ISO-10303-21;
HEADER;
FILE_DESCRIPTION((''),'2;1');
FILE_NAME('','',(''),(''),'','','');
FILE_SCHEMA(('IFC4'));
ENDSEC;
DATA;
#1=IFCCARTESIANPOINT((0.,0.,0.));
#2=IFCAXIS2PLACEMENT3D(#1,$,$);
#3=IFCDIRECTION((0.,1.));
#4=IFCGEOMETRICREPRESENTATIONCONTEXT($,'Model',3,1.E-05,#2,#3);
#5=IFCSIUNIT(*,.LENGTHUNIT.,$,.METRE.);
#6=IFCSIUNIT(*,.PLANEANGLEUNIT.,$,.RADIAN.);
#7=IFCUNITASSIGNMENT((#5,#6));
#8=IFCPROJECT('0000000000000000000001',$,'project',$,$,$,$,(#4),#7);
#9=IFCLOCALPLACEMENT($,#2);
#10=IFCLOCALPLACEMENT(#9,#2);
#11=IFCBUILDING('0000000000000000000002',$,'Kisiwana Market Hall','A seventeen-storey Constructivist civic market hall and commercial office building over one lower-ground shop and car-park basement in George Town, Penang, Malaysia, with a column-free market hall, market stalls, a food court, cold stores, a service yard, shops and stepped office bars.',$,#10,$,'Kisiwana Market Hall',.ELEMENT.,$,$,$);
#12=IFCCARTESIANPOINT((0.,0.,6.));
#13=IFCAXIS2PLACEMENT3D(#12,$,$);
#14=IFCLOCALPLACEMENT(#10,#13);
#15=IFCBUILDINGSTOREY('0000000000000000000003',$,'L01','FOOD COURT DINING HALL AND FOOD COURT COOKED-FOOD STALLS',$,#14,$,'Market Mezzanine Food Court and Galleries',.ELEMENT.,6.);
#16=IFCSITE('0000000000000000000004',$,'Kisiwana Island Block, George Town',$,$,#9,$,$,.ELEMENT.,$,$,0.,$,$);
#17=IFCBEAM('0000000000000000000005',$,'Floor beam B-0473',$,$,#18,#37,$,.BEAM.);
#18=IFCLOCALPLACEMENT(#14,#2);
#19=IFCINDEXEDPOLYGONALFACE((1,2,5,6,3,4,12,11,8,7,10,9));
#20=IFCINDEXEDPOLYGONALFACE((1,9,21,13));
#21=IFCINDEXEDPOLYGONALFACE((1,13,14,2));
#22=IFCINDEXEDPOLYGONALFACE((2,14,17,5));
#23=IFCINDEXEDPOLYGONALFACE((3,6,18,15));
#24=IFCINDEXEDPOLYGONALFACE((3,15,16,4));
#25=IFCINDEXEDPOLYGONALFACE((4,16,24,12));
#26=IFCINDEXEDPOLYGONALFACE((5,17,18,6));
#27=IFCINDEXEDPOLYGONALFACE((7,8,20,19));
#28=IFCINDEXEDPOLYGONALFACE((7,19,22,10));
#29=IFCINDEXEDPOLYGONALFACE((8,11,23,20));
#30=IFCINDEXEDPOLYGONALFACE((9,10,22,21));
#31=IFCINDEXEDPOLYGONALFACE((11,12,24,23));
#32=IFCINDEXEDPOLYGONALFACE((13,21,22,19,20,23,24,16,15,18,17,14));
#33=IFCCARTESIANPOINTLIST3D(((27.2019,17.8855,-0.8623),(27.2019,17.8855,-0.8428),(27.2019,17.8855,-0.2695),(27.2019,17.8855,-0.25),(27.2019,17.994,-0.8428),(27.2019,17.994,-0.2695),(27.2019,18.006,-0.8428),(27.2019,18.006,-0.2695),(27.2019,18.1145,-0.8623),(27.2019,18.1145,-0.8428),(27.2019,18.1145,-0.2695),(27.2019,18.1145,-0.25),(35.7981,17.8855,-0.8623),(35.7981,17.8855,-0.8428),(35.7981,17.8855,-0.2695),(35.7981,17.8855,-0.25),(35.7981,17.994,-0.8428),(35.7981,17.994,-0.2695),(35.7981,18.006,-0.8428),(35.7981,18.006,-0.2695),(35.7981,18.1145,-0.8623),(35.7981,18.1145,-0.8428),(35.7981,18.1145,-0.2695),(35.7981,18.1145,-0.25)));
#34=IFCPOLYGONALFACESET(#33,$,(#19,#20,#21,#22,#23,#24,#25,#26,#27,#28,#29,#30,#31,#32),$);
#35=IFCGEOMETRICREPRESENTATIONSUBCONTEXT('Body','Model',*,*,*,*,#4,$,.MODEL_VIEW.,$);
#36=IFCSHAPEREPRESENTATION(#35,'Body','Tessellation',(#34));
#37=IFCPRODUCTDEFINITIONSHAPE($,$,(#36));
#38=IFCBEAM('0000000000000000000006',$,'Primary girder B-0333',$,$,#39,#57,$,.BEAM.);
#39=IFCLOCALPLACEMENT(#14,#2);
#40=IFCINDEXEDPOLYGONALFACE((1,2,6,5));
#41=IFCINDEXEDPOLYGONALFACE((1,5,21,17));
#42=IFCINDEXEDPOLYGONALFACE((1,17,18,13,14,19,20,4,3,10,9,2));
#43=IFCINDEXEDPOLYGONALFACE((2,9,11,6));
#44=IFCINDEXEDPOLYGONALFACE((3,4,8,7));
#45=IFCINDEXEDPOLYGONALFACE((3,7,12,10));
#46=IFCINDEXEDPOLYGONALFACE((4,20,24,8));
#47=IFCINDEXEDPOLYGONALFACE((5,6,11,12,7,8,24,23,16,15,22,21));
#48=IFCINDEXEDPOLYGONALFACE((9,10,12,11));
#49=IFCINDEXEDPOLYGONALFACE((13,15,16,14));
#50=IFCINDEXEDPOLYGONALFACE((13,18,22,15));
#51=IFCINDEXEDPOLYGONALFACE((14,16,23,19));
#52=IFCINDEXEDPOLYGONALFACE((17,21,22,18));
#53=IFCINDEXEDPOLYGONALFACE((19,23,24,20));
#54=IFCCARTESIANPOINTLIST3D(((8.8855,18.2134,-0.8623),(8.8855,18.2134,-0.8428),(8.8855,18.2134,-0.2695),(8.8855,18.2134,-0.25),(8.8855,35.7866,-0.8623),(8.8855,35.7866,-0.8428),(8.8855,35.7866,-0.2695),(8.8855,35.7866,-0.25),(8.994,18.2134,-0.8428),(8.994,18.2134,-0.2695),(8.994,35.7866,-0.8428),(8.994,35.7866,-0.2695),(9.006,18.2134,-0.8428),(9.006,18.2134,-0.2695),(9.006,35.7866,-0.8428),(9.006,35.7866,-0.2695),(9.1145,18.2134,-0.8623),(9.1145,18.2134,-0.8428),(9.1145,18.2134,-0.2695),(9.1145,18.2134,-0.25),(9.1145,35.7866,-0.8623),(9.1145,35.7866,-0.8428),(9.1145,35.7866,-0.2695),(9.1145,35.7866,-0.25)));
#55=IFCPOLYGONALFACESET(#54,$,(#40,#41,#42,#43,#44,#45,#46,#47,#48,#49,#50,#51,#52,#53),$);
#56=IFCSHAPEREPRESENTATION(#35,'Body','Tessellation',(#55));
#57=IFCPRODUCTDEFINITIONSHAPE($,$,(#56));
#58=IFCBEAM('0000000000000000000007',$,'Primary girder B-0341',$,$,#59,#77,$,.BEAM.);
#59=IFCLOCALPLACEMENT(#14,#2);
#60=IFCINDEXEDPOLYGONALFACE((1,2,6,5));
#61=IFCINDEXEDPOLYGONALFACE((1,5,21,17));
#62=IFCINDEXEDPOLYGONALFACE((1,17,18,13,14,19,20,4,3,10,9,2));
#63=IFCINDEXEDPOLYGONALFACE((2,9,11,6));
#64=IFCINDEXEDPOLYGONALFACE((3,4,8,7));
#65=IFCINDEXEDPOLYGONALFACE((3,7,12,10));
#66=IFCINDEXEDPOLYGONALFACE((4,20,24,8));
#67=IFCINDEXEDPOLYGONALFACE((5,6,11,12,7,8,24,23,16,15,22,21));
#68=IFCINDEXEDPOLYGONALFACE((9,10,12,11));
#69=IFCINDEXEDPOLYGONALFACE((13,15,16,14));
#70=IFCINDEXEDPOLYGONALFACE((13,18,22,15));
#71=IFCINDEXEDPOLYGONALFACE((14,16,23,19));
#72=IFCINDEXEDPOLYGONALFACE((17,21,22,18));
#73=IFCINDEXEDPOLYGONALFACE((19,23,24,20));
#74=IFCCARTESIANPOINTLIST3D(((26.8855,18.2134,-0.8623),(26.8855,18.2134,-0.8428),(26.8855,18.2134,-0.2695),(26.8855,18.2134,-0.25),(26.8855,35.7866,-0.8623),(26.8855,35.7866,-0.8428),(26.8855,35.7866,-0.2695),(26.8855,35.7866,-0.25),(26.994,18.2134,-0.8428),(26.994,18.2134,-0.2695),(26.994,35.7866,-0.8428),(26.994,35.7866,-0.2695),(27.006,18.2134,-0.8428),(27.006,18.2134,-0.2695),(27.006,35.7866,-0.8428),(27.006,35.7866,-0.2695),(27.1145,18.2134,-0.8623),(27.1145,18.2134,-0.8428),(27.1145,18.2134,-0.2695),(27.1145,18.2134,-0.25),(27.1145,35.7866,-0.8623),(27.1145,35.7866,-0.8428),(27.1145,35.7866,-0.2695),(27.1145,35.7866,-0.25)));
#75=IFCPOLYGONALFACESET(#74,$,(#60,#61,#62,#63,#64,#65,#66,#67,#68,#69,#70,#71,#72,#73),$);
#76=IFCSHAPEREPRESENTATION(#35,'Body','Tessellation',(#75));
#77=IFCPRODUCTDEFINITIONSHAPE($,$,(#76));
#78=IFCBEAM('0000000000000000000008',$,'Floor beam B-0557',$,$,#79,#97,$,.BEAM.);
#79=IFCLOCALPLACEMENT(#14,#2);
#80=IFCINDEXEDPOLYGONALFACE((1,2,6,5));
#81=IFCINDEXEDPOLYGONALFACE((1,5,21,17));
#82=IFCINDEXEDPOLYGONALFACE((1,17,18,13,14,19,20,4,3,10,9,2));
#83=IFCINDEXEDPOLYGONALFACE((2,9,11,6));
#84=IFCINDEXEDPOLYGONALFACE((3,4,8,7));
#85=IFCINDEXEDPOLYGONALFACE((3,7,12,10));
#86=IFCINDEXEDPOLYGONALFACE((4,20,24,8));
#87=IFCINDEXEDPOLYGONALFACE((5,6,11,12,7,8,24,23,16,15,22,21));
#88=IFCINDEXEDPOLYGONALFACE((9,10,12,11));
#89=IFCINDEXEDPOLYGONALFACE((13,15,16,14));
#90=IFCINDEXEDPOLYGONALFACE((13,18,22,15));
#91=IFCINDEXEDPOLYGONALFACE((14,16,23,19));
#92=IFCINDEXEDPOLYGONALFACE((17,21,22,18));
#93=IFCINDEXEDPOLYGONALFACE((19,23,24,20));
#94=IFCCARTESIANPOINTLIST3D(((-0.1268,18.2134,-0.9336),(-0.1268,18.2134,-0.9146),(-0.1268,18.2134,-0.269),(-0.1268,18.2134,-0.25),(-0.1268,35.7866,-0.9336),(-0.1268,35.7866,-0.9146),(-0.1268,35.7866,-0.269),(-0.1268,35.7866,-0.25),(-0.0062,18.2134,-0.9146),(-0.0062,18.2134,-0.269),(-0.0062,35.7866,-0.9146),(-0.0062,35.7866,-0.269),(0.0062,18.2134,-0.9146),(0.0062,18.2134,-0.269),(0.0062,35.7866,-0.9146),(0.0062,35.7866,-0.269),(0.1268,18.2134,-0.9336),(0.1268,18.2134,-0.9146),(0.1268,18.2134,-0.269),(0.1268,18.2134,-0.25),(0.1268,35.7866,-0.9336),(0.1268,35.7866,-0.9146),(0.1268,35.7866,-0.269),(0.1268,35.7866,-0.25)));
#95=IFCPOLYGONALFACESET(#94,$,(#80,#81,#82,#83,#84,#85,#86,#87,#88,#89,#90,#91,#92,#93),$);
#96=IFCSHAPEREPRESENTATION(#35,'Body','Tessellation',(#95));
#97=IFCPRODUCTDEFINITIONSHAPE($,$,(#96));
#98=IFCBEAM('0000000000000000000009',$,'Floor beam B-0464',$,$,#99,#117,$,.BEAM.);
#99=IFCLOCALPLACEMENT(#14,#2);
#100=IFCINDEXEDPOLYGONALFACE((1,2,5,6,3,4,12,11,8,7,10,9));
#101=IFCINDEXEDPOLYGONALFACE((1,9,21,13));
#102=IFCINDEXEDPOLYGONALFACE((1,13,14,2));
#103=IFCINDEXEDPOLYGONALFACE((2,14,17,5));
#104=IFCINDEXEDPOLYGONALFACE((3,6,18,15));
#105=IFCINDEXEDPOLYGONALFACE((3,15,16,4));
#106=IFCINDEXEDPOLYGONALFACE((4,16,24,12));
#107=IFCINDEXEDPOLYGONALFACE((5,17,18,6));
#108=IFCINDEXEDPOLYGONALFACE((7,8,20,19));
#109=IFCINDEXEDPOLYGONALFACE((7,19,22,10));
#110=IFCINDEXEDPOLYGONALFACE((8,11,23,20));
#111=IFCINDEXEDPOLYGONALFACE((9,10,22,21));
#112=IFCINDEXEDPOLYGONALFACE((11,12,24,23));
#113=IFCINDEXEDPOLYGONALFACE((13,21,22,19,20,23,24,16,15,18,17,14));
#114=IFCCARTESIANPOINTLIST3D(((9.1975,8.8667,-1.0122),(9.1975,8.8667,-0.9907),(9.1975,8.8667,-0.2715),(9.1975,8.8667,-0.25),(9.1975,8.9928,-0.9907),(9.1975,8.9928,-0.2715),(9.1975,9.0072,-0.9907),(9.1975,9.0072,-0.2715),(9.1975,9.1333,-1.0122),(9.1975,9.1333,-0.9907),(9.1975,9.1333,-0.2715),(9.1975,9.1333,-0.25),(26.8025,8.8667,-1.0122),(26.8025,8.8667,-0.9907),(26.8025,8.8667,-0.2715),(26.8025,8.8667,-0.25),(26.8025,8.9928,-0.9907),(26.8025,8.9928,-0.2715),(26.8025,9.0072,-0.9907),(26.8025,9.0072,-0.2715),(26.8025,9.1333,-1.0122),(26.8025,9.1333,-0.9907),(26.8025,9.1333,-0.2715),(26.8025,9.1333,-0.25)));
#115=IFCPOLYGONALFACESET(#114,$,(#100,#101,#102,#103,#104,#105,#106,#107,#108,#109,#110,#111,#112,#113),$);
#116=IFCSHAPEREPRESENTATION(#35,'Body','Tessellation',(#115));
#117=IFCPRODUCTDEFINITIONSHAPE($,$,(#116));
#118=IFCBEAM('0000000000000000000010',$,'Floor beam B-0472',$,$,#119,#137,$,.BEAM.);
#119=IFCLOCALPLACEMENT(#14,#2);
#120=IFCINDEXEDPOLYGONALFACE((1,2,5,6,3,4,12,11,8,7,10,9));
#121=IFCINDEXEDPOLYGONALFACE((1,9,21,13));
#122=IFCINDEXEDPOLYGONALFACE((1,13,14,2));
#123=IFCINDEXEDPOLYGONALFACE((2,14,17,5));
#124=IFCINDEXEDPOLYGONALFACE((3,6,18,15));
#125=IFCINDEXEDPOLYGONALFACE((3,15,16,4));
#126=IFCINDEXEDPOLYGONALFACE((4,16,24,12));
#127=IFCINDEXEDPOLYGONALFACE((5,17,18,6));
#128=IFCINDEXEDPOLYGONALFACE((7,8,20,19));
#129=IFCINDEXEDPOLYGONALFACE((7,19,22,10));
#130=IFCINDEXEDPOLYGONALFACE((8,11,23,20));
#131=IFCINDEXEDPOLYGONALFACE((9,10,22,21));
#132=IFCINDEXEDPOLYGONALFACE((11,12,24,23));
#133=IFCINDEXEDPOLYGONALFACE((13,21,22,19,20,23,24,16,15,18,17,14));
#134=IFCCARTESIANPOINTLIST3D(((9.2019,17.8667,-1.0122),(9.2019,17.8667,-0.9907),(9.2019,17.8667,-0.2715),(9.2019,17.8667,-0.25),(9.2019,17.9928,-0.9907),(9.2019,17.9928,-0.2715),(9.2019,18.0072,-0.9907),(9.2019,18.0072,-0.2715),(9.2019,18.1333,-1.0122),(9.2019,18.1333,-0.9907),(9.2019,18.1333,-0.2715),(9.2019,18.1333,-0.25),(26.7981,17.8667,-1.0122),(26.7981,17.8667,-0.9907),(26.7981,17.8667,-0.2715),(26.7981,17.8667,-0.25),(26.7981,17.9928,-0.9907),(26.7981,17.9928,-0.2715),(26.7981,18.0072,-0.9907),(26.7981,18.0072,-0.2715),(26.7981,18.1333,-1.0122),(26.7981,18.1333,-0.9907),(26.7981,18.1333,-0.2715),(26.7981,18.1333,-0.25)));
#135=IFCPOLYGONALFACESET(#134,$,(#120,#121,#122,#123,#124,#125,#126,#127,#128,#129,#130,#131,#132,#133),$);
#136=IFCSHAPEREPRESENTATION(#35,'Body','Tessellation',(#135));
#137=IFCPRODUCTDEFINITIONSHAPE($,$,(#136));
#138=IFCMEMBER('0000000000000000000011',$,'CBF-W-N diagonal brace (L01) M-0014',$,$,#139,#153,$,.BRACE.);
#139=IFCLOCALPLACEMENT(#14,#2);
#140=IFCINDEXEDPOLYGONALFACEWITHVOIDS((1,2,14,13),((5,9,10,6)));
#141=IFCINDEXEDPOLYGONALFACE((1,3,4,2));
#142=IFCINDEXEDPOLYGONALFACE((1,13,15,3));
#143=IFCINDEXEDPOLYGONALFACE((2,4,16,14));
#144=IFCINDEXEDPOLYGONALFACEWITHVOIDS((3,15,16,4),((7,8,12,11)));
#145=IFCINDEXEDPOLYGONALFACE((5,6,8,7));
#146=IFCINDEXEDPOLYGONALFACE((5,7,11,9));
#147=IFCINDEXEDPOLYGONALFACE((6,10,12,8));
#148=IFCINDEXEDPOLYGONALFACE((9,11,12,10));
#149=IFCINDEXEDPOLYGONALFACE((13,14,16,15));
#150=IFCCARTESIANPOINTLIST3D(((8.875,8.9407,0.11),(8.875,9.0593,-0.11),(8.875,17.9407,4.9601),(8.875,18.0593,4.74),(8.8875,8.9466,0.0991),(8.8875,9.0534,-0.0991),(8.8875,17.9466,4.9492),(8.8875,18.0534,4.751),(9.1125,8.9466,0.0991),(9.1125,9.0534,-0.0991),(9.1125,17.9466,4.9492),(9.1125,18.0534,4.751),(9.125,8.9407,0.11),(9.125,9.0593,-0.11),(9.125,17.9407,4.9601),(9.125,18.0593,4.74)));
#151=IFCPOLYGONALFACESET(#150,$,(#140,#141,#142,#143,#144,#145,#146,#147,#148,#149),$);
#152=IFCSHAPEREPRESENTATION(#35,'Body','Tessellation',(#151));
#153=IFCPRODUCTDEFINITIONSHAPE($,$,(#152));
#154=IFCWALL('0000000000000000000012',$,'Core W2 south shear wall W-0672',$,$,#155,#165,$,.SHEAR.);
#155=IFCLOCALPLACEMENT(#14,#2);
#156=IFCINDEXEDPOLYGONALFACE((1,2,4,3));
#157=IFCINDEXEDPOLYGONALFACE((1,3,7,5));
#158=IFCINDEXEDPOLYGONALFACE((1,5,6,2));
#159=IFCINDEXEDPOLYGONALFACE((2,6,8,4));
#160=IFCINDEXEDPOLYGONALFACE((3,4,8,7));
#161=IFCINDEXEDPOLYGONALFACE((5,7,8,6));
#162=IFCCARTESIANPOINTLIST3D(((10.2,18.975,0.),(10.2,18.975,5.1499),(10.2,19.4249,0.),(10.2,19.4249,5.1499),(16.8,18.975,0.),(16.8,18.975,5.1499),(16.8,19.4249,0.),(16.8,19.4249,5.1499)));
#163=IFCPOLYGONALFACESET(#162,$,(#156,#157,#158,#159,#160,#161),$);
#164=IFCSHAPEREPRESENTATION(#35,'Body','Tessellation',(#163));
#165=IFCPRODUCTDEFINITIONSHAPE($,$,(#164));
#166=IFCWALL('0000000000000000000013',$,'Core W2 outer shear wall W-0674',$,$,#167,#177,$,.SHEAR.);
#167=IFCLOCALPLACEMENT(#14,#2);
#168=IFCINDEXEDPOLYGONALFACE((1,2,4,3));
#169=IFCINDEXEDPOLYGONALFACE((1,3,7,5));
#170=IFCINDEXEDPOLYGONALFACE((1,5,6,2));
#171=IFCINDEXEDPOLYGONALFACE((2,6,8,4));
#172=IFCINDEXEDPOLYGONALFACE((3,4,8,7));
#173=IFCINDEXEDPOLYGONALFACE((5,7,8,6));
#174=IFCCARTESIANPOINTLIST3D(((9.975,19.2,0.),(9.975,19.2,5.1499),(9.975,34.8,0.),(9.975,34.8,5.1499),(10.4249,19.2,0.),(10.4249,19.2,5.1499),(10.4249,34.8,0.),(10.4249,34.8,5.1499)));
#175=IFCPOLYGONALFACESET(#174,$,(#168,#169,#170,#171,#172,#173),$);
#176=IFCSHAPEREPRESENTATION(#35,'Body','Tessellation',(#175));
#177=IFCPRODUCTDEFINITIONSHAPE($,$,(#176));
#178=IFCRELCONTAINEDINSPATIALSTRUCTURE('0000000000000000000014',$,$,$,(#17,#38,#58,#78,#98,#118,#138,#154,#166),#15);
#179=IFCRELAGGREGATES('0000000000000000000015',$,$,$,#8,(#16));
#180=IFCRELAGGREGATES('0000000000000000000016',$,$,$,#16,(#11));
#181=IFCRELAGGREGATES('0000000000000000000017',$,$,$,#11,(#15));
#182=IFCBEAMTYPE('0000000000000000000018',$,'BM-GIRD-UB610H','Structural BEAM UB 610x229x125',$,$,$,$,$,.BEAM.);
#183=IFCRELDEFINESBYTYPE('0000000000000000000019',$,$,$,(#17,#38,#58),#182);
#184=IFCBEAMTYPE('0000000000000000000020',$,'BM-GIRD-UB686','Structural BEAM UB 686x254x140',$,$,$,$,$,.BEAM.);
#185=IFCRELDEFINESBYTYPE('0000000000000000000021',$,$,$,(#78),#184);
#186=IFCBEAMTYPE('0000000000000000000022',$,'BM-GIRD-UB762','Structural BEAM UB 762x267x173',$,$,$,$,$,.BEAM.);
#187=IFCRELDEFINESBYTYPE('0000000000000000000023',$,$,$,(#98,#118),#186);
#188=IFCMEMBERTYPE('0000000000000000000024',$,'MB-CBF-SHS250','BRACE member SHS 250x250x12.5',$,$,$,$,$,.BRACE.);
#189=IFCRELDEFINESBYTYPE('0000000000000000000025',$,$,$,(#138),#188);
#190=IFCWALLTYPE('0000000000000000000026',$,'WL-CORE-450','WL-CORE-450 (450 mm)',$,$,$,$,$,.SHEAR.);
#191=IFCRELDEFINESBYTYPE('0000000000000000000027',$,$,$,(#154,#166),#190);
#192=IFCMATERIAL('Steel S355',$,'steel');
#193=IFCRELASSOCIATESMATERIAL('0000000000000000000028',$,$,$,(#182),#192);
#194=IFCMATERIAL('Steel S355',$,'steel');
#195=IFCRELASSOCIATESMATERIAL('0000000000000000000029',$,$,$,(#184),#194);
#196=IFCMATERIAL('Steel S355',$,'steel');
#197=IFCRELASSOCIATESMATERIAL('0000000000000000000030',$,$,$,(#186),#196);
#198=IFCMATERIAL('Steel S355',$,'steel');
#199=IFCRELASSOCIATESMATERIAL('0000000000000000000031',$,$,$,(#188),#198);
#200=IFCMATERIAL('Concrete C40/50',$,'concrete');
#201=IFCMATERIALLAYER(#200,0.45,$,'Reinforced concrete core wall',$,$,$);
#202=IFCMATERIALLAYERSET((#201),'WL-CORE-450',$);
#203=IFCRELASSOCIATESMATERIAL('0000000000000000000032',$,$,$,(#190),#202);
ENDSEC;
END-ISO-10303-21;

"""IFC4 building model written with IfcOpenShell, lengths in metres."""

from ifc_helpers import new_model, si_unit, direction, frame, frame_2d, origin, origin_2d, place, context, subcontext, project, spatial, rectangle, hollow_rectangle, i_section, extrude, material, layer, layer_set, material_profile, profile_set, type_object, element, save


model = new_model("IFC4")

# Units and contexts
model_context = context("Model", 3, precision=1e-05, world=origin(), true_north=direction((0.0, 1.0)))
body_context = subcontext(model_context, "Body", "Model", "MODEL_VIEW")
ifc_project = project(units=[si_unit("LENGTHUNIT", "METRE"), si_unit("PLANEANGLEUNIT", "RADIAN")], contexts=[model_context])

# Site, building, storey
site_placement = place(None, origin())
site = spatial("IfcSite", under=ifc_project, at=site_placement, Name="Kisiwana Island Block, George Town", CompositionType="ELEMENT", RefElevation=0.0)
building_placement = place(site_placement, origin())
building = spatial("IfcBuilding", under=site, at=building_placement, Name="Kisiwana Market Hall", Description="A seventeen-storey Constructivist civic market hall and commercial office building over one lower-ground shop and car-park basement in George Town, Penang, Malaysia, with a column-free market hall, market stalls, a food court, cold stores, a service yard, shops and stepped office bars.", LongName="Kisiwana Market Hall", CompositionType="ELEMENT")
storey_placement = place(building_placement, frame((0.0, 0.0, 6.0)))
storey = spatial("IfcBuildingStorey", under=building, at=storey_placement, Name="L01", Description="FOOD COURT DINING HALL AND FOOD COURT COOKED-FOOD STALLS", LongName="Market Mezzanine Food Court and Galleries", CompositionType="ELEMENT", Elevation=6.0)

# Beams
ifc_material_1 = material(Name="Steel S355", Category="steel")
ifc_material_profile_1 = material_profile(ifc_material_1, i_section(OverallWidth=0.229, OverallDepth=0.6123, WebThickness=0.012, FlangeThickness=0.0195, at=origin_2d()), Name="UB 610x229x125")
ifc_profile_set_1 = profile_set([ifc_material_profile_1], Name="Steel S355")
beam_type_1 = type_object("IfcBeamType", Name="BM-GIRD-UB610H", Description="Structural BEAM UB 610x229x125", PredefinedType="BEAM", material=ifc_profile_set_1)
for number, where, z_axis, x_axis, name in (
    (1, (27.2019, 18.0, -0.5562), (1.0, 0.0, 0.0), (0.0, 1.0, 0.0), "Floor beam B-0473"),
):
    element("IfcBeam", number, at=place(storey_placement, frame(where, z_axis=z_axis, x_axis=x_axis)), inside=storey, type_object=beam_type_1, Name=name, PredefinedType="BEAM", context=body_context, shape_type="SweptSolid", body=[
        extrude(i_section(OverallWidth=0.229, OverallDepth=0.6123, WebThickness=0.012, FlangeThickness=0.0195, at=origin_2d()), origin(), (0.0, 0.0, 1.0), 8.5962),
    ])
for number, where, z_axis, x_axis, name in (
    (2, (9.0, 18.2134, -0.5562), (0.0, 1.0, 0.0), (-1.0, 0.0, 0.0), "Primary girder B-0333"),
    (3, (27.0, 18.2134, -0.5562), (0.0, 1.0, 0.0), (-1.0, 0.0, 0.0), "Primary girder B-0341"),
):
    element("IfcBeam", number, at=place(storey_placement, frame(where, z_axis=z_axis, x_axis=x_axis)), inside=storey, type_object=beam_type_1, Name=name, PredefinedType="BEAM", context=body_context, shape_type="SweptSolid", body=[
        extrude(i_section(OverallWidth=0.229, OverallDepth=0.6123, WebThickness=0.012, FlangeThickness=0.0195, at=origin_2d()), origin(), (0.0, 0.0, 1.0), 17.5732),
    ])
ifc_material_2 = material(Name="Steel S355", Category="steel")
ifc_material_profile_2 = material_profile(ifc_material_2, i_section(OverallWidth=0.2537, OverallDepth=0.6836, WebThickness=0.0125, FlangeThickness=0.019, at=origin_2d()), Name="UB 686x254x140")
ifc_profile_set_2 = profile_set([ifc_material_profile_2], Name="Steel S355")
beam_type_2 = type_object("IfcBeamType", Name="BM-GIRD-UB686", Description="Structural BEAM UB 686x254x140", PredefinedType="BEAM", material=ifc_profile_set_2)
beam_1_placement = place(storey_placement, frame((0.0, 18.2134, -0.5918), z_axis=(0.0, 1.0, 0.0), x_axis=(-1.0, 0.0, 0.0)))
element("IfcBeam", 4, at=beam_1_placement, inside=storey, type_object=beam_type_2, Name="Floor beam B-0557", PredefinedType="BEAM", context=body_context, shape_type="SweptSolid", body=[
    extrude(i_section(OverallWidth=0.2537, OverallDepth=0.6836, WebThickness=0.0125, FlangeThickness=0.019, at=origin_2d()), origin(), (0.0, 0.0, 1.0), 17.5732),
])
ifc_material_3 = material(Name="Steel S355", Category="steel")
ifc_material_profile_3 = material_profile(ifc_material_3, i_section(OverallWidth=0.2666, OverallDepth=0.7622, WebThickness=0.0144, FlangeThickness=0.0215, at=origin_2d()), Name="UB 762x267x173")
ifc_profile_set_3 = profile_set([ifc_material_profile_3], Name="Steel S355")
beam_type_3 = type_object("IfcBeamType", Name="BM-GIRD-UB762", Description="Structural BEAM UB 762x267x173", PredefinedType="BEAM", material=ifc_profile_set_3)
beam_2_placement = place(storey_placement, frame((9.1975, 9.0, -0.6311), z_axis=(1.0, 0.0, 0.0), x_axis=(0.0, 1.0, 0.0)))
element("IfcBeam", 5, at=beam_2_placement, inside=storey, type_object=beam_type_3, Name="Floor beam B-0464", PredefinedType="BEAM", context=body_context, shape_type="SweptSolid", body=[
    extrude(i_section(OverallWidth=0.2666, OverallDepth=0.7622, WebThickness=0.0144, FlangeThickness=0.0215, at=origin_2d()), origin(), (0.0, 0.0, 1.0), 17.605),
])
beam_3_placement = place(storey_placement, frame((9.2019, 18.0, -0.6311), z_axis=(1.0, 0.0, 0.0), x_axis=(0.0, 1.0, 0.0)))
element("IfcBeam", 6, at=beam_3_placement, inside=storey, type_object=beam_type_3, Name="Floor beam B-0472", PredefinedType="BEAM", context=body_context, shape_type="SweptSolid", body=[
    extrude(i_section(OverallWidth=0.2666, OverallDepth=0.7622, WebThickness=0.0144, FlangeThickness=0.0215, at=origin_2d()), origin(), (0.0, 0.0, 1.0), 17.5962),
])

# Member
ifc_material_4 = material(Name="Steel S355", Category="steel")
ifc_material_profile_4 = material_profile(ifc_material_4, hollow_rectangle(XDim=0.25, YDim=0.25, WallThickness=0.0125, at=origin_2d()), Name="SHS 250x250x12.5")
ifc_profile_set_4 = profile_set([ifc_material_profile_4], Name="Steel S355")
member_type = type_object("IfcMemberType", Name="MB-CBF-SHS250", Description="BRACE member SHS 250x250x12.5", PredefinedType="BRACE", material=ifc_profile_set_4)
member_placement = place(storey_placement, frame((9.0, 9.0, 0.0), z_axis=(0.0, 0.88031, 0.474399), x_axis=(-1.0, 0.0, 0.0)))
element("IfcMember", 7, at=member_placement, inside=storey, type_object=member_type, Name="CBF-W-N diagonal brace (L01) M-0014", PredefinedType="BRACE", context=body_context, shape_type="SweptSolid", body=[
    extrude(hollow_rectangle(XDim=0.25, YDim=0.25, WallThickness=0.0125, at=origin_2d()), origin(), (0.0, 0.0, 1.0), 10.2236),
])

# Walls
ifc_material_5 = material(Name="Concrete C40/50", Category="concrete")
ifc_layer_1 = layer(ifc_material_5, 0.45, Name="Reinforced concrete core wall")
ifc_layer_set_1 = layer_set([ifc_layer_1], Name="WL-CORE-450")
wall_type_1 = type_object("IfcWallType", Name="WL-CORE-450", Description="WL-CORE-450 (450 mm)", PredefinedType="SHEAR", material=ifc_layer_set_1)
wall_1_placement = place(storey_placement, frame((10.2, 19.2, 0.0), z_axis=(0.0, 0.0, 1.0), x_axis=(1.0, 0.0, 0.0)))
element("IfcWall", 8, at=wall_1_placement, inside=storey, type_object=wall_type_1, Name="Core W2 south shear wall W-0672", PredefinedType="SHEAR", context=body_context, shape_type="SweptSolid", body=[
    extrude(rectangle(XDim=6.6001, YDim=0.45, at=frame_2d((3.3, 0.0))), origin(), (0.0, 0.0, 1.0), 5.1499),
])
wall_2_placement = place(storey_placement, frame((10.2, 19.2, 0.0), z_axis=(0.0, 0.0, 1.0), x_axis=(0.0, 1.0, 0.0)))
element("IfcWall", 9, at=wall_2_placement, inside=storey, type_object=wall_type_1, Name="Core W2 outer shear wall W-0674", PredefinedType="SHEAR", context=body_context, shape_type="SweptSolid", body=[
    extrude(rectangle(XDim=15.6001, YDim=0.45, at=frame_2d((7.8, 0.0))), origin(), (0.0, 0.0, 1.0), 5.1499),
])

save(model, "model.ifc")
